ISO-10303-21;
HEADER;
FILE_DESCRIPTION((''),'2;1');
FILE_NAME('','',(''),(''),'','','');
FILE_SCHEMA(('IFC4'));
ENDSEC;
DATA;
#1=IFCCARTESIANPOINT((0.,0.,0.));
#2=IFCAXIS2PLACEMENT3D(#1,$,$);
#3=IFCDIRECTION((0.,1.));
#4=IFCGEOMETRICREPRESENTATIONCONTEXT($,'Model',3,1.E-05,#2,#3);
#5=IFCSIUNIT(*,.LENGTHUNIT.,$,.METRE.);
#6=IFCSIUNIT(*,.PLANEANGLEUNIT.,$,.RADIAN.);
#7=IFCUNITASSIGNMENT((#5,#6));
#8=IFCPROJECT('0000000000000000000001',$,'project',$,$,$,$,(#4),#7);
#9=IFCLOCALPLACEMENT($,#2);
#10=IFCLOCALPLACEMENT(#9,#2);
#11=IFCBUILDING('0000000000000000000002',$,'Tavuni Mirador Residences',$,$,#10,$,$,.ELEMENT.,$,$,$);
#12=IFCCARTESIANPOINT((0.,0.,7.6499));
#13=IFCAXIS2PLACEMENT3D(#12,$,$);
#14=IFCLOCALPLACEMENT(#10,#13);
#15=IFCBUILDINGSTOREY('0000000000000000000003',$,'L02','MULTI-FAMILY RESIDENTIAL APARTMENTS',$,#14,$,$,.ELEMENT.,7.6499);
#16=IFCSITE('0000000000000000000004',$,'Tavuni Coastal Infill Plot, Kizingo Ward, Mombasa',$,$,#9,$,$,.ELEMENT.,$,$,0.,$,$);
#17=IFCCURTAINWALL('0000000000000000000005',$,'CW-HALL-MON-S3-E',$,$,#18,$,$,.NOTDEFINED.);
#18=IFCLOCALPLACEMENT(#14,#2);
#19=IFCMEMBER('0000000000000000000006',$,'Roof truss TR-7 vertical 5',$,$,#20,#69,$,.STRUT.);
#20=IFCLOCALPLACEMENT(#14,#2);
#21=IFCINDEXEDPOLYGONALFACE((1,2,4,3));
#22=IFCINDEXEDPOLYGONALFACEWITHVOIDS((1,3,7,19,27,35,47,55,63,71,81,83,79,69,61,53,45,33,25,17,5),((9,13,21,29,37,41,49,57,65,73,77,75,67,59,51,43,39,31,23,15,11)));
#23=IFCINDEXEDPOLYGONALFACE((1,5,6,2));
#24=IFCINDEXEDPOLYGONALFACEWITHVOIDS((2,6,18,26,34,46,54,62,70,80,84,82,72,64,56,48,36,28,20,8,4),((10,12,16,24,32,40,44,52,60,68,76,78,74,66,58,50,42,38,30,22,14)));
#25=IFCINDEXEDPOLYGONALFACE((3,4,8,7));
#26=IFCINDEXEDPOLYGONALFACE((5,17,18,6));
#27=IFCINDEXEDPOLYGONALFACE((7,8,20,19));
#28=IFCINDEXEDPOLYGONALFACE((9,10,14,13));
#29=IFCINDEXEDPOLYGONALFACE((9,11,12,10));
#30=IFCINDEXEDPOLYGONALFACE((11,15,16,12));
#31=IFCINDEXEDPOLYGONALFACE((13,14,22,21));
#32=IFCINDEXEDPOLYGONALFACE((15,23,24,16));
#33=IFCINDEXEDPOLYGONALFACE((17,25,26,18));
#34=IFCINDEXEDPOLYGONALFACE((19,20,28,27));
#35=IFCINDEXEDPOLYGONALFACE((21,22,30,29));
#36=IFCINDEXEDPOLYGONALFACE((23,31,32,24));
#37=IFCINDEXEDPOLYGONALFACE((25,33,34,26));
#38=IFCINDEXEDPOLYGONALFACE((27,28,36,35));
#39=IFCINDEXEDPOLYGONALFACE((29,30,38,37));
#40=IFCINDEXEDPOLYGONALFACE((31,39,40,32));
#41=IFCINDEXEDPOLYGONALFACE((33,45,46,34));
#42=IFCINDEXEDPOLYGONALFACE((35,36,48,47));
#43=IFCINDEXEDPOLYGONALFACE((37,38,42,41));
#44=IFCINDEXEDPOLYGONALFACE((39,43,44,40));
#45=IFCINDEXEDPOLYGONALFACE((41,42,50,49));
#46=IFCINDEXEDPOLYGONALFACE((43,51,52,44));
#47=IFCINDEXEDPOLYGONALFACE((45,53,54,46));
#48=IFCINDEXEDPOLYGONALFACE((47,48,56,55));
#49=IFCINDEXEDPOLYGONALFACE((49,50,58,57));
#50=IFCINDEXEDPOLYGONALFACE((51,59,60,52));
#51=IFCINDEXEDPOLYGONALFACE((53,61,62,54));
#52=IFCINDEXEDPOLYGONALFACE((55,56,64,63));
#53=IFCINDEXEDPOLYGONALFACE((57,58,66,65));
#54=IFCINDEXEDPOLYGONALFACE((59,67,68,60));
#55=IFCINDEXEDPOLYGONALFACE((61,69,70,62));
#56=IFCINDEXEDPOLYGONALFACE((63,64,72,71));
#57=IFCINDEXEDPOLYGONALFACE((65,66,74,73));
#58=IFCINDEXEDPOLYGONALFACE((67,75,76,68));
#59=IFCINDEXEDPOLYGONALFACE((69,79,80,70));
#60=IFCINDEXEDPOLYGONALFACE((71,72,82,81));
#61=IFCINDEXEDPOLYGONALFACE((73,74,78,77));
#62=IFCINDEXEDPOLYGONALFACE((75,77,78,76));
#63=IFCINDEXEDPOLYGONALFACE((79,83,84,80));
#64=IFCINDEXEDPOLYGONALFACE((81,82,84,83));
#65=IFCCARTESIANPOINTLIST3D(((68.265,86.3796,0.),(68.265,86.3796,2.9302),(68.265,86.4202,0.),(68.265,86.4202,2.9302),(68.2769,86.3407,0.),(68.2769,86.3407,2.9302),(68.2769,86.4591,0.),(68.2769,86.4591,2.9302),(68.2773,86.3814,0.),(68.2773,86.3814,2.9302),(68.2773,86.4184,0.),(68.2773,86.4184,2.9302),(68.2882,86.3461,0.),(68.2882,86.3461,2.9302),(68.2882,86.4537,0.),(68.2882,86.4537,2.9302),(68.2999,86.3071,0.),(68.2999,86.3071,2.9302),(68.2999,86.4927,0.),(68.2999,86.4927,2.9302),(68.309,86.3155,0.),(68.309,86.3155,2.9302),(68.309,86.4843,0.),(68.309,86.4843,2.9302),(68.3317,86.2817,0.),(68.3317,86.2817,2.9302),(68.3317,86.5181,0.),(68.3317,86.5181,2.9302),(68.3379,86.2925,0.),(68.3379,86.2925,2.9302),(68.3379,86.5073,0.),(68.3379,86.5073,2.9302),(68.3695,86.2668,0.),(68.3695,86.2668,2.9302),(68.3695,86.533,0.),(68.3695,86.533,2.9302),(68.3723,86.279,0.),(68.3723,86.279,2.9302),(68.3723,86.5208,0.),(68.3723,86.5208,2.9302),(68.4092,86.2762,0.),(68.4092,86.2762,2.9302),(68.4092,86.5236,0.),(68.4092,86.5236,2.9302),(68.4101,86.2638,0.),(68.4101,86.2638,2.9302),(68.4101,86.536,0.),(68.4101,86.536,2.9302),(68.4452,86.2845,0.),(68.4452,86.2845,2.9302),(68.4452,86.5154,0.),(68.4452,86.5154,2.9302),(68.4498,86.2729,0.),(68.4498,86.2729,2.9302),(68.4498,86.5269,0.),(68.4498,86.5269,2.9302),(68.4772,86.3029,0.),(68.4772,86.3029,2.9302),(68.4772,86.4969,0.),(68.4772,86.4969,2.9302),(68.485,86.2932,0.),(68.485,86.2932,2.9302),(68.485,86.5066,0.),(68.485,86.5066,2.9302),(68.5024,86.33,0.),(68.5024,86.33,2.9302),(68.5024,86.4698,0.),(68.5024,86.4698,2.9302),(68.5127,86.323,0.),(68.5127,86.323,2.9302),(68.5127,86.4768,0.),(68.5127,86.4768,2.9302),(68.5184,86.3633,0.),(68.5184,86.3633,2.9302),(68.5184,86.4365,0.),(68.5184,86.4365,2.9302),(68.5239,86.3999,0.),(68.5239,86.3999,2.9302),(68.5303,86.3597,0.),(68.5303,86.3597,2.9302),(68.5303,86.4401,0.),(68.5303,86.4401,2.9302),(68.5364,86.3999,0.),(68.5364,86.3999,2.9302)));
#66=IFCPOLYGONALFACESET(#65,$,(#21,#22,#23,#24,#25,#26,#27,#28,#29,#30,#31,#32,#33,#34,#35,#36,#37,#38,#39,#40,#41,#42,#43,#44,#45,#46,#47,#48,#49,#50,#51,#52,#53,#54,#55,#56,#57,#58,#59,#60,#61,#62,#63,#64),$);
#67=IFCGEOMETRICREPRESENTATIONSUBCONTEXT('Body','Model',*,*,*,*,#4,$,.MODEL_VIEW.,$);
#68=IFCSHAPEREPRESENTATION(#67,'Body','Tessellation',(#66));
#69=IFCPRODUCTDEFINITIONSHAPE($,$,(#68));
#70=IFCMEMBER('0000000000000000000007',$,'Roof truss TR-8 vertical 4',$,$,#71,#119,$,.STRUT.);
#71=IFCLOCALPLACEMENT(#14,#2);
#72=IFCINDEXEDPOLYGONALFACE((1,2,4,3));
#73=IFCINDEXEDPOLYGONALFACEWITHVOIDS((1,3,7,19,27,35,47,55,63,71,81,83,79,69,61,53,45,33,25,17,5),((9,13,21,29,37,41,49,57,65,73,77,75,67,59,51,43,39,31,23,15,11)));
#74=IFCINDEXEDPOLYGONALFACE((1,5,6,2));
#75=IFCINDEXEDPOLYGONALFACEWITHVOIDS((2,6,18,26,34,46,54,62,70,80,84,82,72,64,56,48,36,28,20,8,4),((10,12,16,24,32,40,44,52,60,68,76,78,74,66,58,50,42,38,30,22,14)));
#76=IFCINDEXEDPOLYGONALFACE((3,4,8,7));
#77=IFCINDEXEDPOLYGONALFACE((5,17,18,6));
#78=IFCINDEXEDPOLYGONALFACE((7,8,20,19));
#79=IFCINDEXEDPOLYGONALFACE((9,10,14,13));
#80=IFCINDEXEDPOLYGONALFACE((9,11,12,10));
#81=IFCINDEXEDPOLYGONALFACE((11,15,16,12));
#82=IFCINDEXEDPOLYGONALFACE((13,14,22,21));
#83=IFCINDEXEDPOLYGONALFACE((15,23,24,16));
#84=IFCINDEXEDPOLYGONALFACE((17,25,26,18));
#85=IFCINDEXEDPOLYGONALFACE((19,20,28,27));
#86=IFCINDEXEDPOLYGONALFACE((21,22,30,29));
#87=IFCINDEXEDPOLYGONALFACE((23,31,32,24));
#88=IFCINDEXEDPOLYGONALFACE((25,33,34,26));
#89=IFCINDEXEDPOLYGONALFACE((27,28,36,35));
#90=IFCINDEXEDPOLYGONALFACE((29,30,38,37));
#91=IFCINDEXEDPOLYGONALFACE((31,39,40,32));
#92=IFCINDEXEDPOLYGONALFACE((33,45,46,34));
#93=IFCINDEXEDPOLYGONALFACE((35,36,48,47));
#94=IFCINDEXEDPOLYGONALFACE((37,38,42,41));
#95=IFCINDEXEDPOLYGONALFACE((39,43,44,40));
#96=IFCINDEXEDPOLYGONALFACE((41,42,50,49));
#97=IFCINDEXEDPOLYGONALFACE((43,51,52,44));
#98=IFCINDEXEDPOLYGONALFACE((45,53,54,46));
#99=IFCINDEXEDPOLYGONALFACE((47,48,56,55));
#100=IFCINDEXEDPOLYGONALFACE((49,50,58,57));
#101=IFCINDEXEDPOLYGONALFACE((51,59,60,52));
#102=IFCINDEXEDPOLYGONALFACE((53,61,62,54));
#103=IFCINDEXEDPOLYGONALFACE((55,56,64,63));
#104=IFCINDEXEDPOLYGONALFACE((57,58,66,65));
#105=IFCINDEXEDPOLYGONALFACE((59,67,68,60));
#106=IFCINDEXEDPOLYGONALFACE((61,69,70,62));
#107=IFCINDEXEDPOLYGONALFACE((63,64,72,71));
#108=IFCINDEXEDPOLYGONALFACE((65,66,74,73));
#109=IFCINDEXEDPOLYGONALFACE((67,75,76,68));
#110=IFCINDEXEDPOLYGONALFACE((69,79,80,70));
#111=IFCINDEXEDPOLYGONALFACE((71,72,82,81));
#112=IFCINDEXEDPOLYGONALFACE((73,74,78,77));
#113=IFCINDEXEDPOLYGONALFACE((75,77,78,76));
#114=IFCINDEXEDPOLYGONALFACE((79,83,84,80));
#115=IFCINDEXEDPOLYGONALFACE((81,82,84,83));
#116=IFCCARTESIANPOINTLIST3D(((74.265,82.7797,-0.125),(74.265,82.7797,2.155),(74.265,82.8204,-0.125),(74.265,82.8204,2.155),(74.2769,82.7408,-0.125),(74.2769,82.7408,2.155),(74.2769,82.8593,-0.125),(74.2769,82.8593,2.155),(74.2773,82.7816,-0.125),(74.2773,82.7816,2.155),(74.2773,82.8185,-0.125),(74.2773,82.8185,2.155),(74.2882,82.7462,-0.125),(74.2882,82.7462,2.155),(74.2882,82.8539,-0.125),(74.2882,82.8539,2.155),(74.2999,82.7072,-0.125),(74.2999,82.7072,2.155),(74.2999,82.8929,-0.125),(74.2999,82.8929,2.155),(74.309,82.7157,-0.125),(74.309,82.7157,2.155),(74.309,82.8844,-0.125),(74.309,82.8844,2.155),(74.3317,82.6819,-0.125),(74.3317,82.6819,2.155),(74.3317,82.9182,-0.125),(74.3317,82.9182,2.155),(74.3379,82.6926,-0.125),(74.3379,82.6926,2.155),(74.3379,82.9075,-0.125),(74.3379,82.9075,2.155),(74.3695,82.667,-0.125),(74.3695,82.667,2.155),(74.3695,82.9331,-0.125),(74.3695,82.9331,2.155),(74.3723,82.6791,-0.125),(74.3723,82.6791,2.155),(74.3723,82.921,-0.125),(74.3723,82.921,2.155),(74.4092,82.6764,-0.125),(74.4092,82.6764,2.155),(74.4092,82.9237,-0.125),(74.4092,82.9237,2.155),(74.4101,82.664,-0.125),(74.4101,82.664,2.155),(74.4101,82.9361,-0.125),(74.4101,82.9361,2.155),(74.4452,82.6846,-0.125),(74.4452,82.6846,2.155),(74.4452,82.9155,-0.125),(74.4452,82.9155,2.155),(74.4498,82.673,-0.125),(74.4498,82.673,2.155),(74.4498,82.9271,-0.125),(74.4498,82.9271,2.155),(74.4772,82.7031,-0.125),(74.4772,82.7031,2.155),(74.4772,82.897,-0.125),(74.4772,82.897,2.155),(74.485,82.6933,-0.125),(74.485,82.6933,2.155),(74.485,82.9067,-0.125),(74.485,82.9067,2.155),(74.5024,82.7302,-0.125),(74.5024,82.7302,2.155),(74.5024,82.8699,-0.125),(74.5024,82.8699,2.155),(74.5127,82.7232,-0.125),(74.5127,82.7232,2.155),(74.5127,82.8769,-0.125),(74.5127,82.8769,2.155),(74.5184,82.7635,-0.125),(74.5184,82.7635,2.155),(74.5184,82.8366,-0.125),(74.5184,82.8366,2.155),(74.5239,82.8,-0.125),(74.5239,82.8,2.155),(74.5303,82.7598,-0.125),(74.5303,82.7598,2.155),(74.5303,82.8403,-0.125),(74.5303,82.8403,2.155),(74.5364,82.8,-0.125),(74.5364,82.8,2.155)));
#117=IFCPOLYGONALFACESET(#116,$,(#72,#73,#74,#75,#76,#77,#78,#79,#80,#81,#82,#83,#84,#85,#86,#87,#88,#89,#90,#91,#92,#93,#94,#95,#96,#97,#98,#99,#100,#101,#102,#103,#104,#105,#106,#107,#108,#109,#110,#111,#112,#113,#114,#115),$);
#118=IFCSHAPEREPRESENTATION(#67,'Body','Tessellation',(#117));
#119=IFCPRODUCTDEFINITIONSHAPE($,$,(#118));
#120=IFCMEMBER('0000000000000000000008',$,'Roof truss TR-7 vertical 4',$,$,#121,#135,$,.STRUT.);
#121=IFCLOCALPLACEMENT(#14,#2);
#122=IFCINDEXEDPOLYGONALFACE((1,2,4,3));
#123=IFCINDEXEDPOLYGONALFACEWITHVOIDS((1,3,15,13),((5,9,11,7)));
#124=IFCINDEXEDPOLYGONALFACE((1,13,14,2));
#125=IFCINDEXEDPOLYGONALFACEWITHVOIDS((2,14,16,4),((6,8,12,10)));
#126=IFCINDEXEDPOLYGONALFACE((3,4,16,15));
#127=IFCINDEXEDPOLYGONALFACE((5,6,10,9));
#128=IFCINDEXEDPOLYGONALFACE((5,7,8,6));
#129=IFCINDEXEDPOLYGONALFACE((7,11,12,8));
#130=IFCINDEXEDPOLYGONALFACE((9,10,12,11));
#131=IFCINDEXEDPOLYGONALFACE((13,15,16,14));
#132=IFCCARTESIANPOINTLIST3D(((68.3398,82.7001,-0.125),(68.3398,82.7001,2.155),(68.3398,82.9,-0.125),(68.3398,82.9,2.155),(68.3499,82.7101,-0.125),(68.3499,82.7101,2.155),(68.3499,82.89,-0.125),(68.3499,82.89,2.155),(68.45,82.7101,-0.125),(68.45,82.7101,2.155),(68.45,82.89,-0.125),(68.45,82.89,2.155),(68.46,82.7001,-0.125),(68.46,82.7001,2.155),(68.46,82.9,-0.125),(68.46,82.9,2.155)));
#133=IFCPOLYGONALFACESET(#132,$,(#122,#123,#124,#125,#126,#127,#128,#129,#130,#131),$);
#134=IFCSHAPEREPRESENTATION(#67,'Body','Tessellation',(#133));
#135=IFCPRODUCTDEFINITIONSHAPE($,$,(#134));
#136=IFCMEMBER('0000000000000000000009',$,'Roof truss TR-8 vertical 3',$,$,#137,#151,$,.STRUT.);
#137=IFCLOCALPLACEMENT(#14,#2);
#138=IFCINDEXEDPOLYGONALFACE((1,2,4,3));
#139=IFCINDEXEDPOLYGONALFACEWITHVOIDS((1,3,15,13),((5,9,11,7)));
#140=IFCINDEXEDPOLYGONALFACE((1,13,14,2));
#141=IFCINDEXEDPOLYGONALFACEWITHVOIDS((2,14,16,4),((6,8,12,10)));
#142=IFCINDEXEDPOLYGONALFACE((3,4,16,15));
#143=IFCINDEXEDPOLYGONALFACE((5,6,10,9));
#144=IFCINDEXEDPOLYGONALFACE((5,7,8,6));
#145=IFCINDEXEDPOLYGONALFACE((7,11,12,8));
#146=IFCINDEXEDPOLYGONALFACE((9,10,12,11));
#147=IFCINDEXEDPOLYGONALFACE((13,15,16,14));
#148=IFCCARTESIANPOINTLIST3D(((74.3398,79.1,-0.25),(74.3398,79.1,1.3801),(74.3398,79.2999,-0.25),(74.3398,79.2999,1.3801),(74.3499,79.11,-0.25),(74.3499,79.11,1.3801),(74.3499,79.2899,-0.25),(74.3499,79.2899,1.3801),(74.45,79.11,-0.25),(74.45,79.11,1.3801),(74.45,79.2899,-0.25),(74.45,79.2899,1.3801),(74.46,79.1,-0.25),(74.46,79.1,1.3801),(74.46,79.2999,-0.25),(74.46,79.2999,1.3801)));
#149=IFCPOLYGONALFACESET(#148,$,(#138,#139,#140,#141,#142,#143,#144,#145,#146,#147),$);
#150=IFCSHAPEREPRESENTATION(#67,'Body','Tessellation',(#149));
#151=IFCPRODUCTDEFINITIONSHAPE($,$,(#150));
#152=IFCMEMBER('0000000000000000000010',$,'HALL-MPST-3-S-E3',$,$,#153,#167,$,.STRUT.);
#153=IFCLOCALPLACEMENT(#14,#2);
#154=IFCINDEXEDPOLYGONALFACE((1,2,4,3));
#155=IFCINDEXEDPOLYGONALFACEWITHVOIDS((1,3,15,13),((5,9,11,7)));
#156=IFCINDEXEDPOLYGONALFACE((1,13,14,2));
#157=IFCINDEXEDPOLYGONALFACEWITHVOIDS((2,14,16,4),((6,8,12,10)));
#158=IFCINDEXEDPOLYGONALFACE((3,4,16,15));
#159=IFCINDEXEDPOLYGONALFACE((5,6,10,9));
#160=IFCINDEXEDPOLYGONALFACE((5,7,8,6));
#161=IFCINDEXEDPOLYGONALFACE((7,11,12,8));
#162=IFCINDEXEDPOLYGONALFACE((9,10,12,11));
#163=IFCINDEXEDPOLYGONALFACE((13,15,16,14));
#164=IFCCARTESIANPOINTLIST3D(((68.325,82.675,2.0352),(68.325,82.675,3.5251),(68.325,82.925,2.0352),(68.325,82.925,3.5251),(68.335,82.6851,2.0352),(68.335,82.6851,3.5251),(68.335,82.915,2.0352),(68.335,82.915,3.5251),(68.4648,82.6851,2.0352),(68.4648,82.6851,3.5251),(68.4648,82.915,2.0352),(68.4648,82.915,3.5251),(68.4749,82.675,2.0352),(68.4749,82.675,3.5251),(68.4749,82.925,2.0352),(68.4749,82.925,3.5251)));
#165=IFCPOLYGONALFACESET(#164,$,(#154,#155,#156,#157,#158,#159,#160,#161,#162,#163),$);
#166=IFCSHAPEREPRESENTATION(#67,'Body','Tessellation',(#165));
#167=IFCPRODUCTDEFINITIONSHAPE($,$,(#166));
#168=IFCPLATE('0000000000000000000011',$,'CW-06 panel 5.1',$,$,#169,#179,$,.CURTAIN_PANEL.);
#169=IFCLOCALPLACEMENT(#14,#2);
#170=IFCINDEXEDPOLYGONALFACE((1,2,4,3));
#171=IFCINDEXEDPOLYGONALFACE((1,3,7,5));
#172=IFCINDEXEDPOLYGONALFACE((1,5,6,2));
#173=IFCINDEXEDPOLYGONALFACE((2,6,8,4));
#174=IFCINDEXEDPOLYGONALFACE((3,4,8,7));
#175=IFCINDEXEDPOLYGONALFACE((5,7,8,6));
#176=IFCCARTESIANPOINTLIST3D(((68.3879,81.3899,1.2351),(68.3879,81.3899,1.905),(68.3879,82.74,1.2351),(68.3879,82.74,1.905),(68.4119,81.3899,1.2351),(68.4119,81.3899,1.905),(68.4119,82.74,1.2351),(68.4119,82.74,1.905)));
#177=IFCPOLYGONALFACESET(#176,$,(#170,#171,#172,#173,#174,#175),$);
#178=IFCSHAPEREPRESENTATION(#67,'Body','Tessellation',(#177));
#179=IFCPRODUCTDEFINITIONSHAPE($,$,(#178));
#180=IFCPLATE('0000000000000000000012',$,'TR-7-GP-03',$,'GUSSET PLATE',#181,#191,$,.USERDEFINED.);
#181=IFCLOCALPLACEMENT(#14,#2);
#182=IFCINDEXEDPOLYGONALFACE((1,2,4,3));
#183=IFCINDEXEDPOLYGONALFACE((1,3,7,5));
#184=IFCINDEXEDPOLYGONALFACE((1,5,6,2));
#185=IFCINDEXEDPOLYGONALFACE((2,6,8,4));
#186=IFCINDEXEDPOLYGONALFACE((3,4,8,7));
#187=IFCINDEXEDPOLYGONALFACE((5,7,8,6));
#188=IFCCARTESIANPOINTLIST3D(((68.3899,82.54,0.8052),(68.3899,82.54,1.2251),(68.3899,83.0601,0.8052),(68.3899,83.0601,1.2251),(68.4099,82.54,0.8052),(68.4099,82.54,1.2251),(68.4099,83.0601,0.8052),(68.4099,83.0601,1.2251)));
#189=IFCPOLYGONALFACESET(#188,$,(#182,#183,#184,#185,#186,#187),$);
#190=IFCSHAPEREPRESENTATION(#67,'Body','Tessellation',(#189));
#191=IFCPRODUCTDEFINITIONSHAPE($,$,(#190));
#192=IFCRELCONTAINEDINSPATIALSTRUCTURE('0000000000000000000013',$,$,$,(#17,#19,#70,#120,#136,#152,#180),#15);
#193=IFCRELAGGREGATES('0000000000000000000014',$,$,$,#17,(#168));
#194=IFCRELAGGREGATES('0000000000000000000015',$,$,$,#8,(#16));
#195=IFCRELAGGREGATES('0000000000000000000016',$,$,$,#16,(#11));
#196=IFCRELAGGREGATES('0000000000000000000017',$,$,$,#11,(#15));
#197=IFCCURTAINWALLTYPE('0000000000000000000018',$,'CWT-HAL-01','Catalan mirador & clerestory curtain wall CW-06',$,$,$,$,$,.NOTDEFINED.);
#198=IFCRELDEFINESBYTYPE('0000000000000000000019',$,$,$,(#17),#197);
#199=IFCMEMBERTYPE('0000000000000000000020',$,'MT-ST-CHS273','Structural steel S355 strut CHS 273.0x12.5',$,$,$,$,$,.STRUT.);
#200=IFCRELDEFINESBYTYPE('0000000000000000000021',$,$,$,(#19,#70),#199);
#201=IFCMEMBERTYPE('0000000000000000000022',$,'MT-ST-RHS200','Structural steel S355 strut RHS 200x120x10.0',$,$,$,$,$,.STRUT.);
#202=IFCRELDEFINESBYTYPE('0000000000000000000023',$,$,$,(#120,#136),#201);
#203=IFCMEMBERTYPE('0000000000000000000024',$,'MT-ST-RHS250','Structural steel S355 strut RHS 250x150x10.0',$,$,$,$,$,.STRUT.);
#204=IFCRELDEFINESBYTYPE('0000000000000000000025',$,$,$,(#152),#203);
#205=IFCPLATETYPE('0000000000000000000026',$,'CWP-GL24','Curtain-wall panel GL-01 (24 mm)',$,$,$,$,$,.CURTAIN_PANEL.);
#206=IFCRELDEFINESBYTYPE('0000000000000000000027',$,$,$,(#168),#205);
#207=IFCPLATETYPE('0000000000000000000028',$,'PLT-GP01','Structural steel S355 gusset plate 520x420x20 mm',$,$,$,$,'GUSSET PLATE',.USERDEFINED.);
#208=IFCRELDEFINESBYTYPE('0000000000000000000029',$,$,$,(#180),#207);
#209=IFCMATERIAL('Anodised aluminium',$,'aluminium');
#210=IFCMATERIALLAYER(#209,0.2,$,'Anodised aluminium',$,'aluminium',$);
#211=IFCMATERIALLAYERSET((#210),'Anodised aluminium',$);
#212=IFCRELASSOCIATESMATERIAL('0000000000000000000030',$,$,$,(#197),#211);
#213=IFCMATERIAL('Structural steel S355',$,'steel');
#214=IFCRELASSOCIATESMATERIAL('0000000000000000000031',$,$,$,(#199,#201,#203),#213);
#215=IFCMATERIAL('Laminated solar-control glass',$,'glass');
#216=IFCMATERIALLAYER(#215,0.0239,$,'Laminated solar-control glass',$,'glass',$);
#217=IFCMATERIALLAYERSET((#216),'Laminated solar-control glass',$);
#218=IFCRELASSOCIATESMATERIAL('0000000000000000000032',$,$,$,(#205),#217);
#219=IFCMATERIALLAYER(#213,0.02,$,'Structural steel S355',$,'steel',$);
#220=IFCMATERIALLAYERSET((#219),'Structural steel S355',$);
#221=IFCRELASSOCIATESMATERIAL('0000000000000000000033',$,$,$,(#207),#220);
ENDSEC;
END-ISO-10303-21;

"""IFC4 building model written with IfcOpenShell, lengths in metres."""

from ifc_helpers import new_model, si_unit, direction, frame, origin, origin_2d, place, context, subcontext, project, spatial, rectangle, hollow_rectangle, hollow_circle, extrude, material, layer, layer_set, material_profile, profile_set, type_object, element, aggregate, save


model = new_model("IFC4")

# Units and contexts
model_context = context("Model", 3, precision=1e-05, world=origin(), true_north=direction((0.0, 1.0)))
body_context = subcontext(model_context, "Body", "Model", "MODEL_VIEW")
ifc_project = project(units=[si_unit("LENGTHUNIT", "METRE"), si_unit("PLANEANGLEUNIT", "RADIAN")], contexts=[model_context])

# Site, building, storey
site_placement = place(None, origin())
site = spatial("IfcSite", under=ifc_project, at=site_placement, Name="Tavuni Coastal Infill Plot, Kizingo Ward, Mombasa", CompositionType="ELEMENT", RefElevation=0.0)
building_placement = place(site_placement, origin())
building = spatial("IfcBuilding", under=site, at=building_placement, Name="Tavuni Mirador Residences", CompositionType="ELEMENT")
storey_placement = place(building_placement, frame((0.0, 0.0, 7.6499)))
storey = spatial("IfcBuildingStorey", under=building, at=storey_placement, Name="L02", Description="MULTI-FAMILY RESIDENTIAL APARTMENTS", CompositionType="ELEMENT", Elevation=7.6499)

# Curtain wall
ifc_material_1 = material(Name="Anodised aluminium", Category="aluminium")
ifc_layer_1 = layer(ifc_material_1, 0.2, Name="Anodised aluminium", Category="aluminium")
ifc_layer_set_1 = layer_set([ifc_layer_1], Name="Anodised aluminium")
curtain_wall_type = type_object("IfcCurtainWallType", Name="CWT-HAL-01", Description="Catalan mirador & clerestory curtain wall CW-06", PredefinedType="NOTDEFINED", material=ifc_layer_set_1)
curtain_wall_placement = place(storey_placement, origin())
curtain_wall = element("IfcCurtainWall", 1, at=curtain_wall_placement, inside=storey, type_object=curtain_wall_type, Name="CW-HALL-MON-S3-E", PredefinedType="NOTDEFINED")

# Members
ifc_material_2 = material(Name="Structural steel S355", Category="steel")
ifc_material_profile_1 = material_profile(ifc_material_2, hollow_circle(Radius=0.1365, WallThickness=0.0125, at=origin_2d()), Name="CHS 273.0x12.5", Category="steel")
ifc_profile_set_1 = profile_set([ifc_material_profile_1], Name="Structural steel S355")
member_type_1 = type_object("IfcMemberType", Name="MT-ST-CHS273", Description="Structural steel S355 strut CHS 273.0x12.5", PredefinedType="STRUT", material=ifc_profile_set_1)
member_1_placement = place(storey_placement, frame((68.3999, 86.3999, 0.0), z_axis=(0.0, 0.0, 1.0), x_axis=(1.0, 0.0, 0.0)))
element("IfcMember", 2, at=member_1_placement, inside=storey, type_object=member_type_1, Name="Roof truss TR-7 vertical 5", PredefinedType="STRUT", context=body_context, shape_type="SweptSolid", body=[
    extrude(hollow_circle(Radius=0.1365, WallThickness=0.0125, at=origin_2d()), origin(), (0.0, 0.0, 1.0), 2.9302),
])
member_2_placement = place(storey_placement, frame((74.3999, 82.8, -0.125), z_axis=(0.0, 0.0, 1.0), x_axis=(1.0, 0.0, 0.0)))
element("IfcMember", 3, at=member_2_placement, inside=storey, type_object=member_type_1, Name="Roof truss TR-8 vertical 4", PredefinedType="STRUT", context=body_context, shape_type="SweptSolid", body=[
    extrude(hollow_circle(Radius=0.1365, WallThickness=0.0125, at=origin_2d()), origin(), (0.0, 0.0, 1.0), 2.28),
])
ifc_material_profile_2 = material_profile(ifc_material_2, hollow_rectangle(XDim=0.1201, YDim=0.2, WallThickness=0.01, at=origin_2d()), Name="RHS 200x120x10.0", Category="steel")
ifc_profile_set_2 = profile_set([ifc_material_profile_2], Name="Structural steel S355")
member_type_2 = type_object("IfcMemberType", Name="MT-ST-RHS200", Description="Structural steel S355 strut RHS 200x120x10.0", PredefinedType="STRUT", material=ifc_profile_set_2)
member_3_placement = place(storey_placement, frame((68.3999, 82.8, -0.125), z_axis=(0.0, 0.0, 1.0), x_axis=(1.0, 0.0, 0.0)))
element("IfcMember", 4, at=member_3_placement, inside=storey, type_object=member_type_2, Name="Roof truss TR-7 vertical 4", PredefinedType="STRUT", context=body_context, shape_type="SweptSolid", body=[
    extrude(hollow_rectangle(XDim=0.1201, YDim=0.2, WallThickness=0.01, at=origin_2d()), origin(), (0.0, 0.0, 1.0), 2.28),
])
member_4_placement = place(storey_placement, frame((74.3999, 79.2, -0.25), z_axis=(0.0, 0.0, 1.0), x_axis=(1.0, 0.0, 0.0)))
element("IfcMember", 5, at=member_4_placement, inside=storey, type_object=member_type_2, Name="Roof truss TR-8 vertical 3", PredefinedType="STRUT", context=body_context, shape_type="SweptSolid", body=[
    extrude(hollow_rectangle(XDim=0.1201, YDim=0.2, WallThickness=0.01, at=origin_2d()), origin(), (0.0, 0.0, 1.0), 1.6301),
])
ifc_material_profile_3 = material_profile(ifc_material_2, hollow_rectangle(XDim=0.1499, YDim=0.25, WallThickness=0.01, at=origin_2d()), Name="RHS 250x150x10.0", Category="steel")
ifc_profile_set_3 = profile_set([ifc_material_profile_3], Name="Structural steel S355")
member_type_3 = type_object("IfcMemberType", Name="MT-ST-RHS250", Description="Structural steel S355 strut RHS 250x150x10.0", PredefinedType="STRUT", material=ifc_profile_set_3)
member_5_placement = place(storey_placement, frame((68.3999, 82.8, 2.0352), z_axis=(0.0, 0.0, 1.0), x_axis=(1.0, 0.0, 0.0)))
element("IfcMember", 6, at=member_5_placement, inside=storey, type_object=member_type_3, Name="HALL-MPST-3-S-E3", PredefinedType="STRUT", context=body_context, shape_type="SweptSolid", body=[
    extrude(hollow_rectangle(XDim=0.1499, YDim=0.25, WallThickness=0.01, at=origin_2d()), origin(), (0.0, 0.0, 1.0), 1.49),
])

# Plate
ifc_material_3 = material(Name="Laminated solar-control glass", Category="glass")
ifc_layer_2 = layer(ifc_material_3, 0.0239, Name="Laminated solar-control glass", Category="glass")
ifc_layer_set_2 = layer_set([ifc_layer_2], Name="Laminated solar-control glass")
plate_type_1 = type_object("IfcPlateType", Name="CWP-GL24", Description="Curtain-wall panel GL-01 (24 mm)", PredefinedType="CURTAIN_PANEL", material=ifc_layer_set_2)
plate_1_placement = place(storey_placement, frame((68.3999, 82.0649, 1.2351), z_axis=(0.0, 0.0, 1.0), x_axis=(0.0, 1.0, 0.0)))
plate_1 = element("IfcPlate", 7, at=plate_1_placement, type_object=plate_type_1, Name="CW-06 panel 5.1", PredefinedType="CURTAIN_PANEL", context=body_context, shape_type="SweptSolid", body=[
    extrude(rectangle(XDim=1.3501, YDim=0.0239, at=origin_2d()), origin(), (0.0, 0.0, 1.0), 0.6699),
])
aggregate(curtain_wall, [plate_1])

# Plate
ifc_layer_3 = layer(ifc_material_2, 0.02, Name="Structural steel S355", Category="steel")
ifc_layer_set_3 = layer_set([ifc_layer_3], Name="Structural steel S355")
plate_type_2 = type_object("IfcPlateType", Name="PLT-GP01", Description="Structural steel S355 gusset plate 520x420x20 mm", ElementType="GUSSET PLATE", PredefinedType="USERDEFINED", material=ifc_layer_set_3)
for number, where, z_axis, x_axis, name in (
    (8, (68.3999, 82.8, 0.8052), (0.0, 0.0, 1.0), (0.0, 1.0, 0.0), "TR-7-GP-03"),
):
    element("IfcPlate", number, at=place(storey_placement, frame(where, z_axis=z_axis, x_axis=x_axis)), inside=storey, type_object=plate_type_2, Name=name, ObjectType="GUSSET PLATE", PredefinedType="USERDEFINED", context=body_context, shape_type="SweptSolid", body=[
        extrude(rectangle(XDim=0.52, YDim=0.02, at=origin_2d()), origin(), (0.0, 0.0, 1.0), 0.4199),
    ])

save(model, "model.ifc")
